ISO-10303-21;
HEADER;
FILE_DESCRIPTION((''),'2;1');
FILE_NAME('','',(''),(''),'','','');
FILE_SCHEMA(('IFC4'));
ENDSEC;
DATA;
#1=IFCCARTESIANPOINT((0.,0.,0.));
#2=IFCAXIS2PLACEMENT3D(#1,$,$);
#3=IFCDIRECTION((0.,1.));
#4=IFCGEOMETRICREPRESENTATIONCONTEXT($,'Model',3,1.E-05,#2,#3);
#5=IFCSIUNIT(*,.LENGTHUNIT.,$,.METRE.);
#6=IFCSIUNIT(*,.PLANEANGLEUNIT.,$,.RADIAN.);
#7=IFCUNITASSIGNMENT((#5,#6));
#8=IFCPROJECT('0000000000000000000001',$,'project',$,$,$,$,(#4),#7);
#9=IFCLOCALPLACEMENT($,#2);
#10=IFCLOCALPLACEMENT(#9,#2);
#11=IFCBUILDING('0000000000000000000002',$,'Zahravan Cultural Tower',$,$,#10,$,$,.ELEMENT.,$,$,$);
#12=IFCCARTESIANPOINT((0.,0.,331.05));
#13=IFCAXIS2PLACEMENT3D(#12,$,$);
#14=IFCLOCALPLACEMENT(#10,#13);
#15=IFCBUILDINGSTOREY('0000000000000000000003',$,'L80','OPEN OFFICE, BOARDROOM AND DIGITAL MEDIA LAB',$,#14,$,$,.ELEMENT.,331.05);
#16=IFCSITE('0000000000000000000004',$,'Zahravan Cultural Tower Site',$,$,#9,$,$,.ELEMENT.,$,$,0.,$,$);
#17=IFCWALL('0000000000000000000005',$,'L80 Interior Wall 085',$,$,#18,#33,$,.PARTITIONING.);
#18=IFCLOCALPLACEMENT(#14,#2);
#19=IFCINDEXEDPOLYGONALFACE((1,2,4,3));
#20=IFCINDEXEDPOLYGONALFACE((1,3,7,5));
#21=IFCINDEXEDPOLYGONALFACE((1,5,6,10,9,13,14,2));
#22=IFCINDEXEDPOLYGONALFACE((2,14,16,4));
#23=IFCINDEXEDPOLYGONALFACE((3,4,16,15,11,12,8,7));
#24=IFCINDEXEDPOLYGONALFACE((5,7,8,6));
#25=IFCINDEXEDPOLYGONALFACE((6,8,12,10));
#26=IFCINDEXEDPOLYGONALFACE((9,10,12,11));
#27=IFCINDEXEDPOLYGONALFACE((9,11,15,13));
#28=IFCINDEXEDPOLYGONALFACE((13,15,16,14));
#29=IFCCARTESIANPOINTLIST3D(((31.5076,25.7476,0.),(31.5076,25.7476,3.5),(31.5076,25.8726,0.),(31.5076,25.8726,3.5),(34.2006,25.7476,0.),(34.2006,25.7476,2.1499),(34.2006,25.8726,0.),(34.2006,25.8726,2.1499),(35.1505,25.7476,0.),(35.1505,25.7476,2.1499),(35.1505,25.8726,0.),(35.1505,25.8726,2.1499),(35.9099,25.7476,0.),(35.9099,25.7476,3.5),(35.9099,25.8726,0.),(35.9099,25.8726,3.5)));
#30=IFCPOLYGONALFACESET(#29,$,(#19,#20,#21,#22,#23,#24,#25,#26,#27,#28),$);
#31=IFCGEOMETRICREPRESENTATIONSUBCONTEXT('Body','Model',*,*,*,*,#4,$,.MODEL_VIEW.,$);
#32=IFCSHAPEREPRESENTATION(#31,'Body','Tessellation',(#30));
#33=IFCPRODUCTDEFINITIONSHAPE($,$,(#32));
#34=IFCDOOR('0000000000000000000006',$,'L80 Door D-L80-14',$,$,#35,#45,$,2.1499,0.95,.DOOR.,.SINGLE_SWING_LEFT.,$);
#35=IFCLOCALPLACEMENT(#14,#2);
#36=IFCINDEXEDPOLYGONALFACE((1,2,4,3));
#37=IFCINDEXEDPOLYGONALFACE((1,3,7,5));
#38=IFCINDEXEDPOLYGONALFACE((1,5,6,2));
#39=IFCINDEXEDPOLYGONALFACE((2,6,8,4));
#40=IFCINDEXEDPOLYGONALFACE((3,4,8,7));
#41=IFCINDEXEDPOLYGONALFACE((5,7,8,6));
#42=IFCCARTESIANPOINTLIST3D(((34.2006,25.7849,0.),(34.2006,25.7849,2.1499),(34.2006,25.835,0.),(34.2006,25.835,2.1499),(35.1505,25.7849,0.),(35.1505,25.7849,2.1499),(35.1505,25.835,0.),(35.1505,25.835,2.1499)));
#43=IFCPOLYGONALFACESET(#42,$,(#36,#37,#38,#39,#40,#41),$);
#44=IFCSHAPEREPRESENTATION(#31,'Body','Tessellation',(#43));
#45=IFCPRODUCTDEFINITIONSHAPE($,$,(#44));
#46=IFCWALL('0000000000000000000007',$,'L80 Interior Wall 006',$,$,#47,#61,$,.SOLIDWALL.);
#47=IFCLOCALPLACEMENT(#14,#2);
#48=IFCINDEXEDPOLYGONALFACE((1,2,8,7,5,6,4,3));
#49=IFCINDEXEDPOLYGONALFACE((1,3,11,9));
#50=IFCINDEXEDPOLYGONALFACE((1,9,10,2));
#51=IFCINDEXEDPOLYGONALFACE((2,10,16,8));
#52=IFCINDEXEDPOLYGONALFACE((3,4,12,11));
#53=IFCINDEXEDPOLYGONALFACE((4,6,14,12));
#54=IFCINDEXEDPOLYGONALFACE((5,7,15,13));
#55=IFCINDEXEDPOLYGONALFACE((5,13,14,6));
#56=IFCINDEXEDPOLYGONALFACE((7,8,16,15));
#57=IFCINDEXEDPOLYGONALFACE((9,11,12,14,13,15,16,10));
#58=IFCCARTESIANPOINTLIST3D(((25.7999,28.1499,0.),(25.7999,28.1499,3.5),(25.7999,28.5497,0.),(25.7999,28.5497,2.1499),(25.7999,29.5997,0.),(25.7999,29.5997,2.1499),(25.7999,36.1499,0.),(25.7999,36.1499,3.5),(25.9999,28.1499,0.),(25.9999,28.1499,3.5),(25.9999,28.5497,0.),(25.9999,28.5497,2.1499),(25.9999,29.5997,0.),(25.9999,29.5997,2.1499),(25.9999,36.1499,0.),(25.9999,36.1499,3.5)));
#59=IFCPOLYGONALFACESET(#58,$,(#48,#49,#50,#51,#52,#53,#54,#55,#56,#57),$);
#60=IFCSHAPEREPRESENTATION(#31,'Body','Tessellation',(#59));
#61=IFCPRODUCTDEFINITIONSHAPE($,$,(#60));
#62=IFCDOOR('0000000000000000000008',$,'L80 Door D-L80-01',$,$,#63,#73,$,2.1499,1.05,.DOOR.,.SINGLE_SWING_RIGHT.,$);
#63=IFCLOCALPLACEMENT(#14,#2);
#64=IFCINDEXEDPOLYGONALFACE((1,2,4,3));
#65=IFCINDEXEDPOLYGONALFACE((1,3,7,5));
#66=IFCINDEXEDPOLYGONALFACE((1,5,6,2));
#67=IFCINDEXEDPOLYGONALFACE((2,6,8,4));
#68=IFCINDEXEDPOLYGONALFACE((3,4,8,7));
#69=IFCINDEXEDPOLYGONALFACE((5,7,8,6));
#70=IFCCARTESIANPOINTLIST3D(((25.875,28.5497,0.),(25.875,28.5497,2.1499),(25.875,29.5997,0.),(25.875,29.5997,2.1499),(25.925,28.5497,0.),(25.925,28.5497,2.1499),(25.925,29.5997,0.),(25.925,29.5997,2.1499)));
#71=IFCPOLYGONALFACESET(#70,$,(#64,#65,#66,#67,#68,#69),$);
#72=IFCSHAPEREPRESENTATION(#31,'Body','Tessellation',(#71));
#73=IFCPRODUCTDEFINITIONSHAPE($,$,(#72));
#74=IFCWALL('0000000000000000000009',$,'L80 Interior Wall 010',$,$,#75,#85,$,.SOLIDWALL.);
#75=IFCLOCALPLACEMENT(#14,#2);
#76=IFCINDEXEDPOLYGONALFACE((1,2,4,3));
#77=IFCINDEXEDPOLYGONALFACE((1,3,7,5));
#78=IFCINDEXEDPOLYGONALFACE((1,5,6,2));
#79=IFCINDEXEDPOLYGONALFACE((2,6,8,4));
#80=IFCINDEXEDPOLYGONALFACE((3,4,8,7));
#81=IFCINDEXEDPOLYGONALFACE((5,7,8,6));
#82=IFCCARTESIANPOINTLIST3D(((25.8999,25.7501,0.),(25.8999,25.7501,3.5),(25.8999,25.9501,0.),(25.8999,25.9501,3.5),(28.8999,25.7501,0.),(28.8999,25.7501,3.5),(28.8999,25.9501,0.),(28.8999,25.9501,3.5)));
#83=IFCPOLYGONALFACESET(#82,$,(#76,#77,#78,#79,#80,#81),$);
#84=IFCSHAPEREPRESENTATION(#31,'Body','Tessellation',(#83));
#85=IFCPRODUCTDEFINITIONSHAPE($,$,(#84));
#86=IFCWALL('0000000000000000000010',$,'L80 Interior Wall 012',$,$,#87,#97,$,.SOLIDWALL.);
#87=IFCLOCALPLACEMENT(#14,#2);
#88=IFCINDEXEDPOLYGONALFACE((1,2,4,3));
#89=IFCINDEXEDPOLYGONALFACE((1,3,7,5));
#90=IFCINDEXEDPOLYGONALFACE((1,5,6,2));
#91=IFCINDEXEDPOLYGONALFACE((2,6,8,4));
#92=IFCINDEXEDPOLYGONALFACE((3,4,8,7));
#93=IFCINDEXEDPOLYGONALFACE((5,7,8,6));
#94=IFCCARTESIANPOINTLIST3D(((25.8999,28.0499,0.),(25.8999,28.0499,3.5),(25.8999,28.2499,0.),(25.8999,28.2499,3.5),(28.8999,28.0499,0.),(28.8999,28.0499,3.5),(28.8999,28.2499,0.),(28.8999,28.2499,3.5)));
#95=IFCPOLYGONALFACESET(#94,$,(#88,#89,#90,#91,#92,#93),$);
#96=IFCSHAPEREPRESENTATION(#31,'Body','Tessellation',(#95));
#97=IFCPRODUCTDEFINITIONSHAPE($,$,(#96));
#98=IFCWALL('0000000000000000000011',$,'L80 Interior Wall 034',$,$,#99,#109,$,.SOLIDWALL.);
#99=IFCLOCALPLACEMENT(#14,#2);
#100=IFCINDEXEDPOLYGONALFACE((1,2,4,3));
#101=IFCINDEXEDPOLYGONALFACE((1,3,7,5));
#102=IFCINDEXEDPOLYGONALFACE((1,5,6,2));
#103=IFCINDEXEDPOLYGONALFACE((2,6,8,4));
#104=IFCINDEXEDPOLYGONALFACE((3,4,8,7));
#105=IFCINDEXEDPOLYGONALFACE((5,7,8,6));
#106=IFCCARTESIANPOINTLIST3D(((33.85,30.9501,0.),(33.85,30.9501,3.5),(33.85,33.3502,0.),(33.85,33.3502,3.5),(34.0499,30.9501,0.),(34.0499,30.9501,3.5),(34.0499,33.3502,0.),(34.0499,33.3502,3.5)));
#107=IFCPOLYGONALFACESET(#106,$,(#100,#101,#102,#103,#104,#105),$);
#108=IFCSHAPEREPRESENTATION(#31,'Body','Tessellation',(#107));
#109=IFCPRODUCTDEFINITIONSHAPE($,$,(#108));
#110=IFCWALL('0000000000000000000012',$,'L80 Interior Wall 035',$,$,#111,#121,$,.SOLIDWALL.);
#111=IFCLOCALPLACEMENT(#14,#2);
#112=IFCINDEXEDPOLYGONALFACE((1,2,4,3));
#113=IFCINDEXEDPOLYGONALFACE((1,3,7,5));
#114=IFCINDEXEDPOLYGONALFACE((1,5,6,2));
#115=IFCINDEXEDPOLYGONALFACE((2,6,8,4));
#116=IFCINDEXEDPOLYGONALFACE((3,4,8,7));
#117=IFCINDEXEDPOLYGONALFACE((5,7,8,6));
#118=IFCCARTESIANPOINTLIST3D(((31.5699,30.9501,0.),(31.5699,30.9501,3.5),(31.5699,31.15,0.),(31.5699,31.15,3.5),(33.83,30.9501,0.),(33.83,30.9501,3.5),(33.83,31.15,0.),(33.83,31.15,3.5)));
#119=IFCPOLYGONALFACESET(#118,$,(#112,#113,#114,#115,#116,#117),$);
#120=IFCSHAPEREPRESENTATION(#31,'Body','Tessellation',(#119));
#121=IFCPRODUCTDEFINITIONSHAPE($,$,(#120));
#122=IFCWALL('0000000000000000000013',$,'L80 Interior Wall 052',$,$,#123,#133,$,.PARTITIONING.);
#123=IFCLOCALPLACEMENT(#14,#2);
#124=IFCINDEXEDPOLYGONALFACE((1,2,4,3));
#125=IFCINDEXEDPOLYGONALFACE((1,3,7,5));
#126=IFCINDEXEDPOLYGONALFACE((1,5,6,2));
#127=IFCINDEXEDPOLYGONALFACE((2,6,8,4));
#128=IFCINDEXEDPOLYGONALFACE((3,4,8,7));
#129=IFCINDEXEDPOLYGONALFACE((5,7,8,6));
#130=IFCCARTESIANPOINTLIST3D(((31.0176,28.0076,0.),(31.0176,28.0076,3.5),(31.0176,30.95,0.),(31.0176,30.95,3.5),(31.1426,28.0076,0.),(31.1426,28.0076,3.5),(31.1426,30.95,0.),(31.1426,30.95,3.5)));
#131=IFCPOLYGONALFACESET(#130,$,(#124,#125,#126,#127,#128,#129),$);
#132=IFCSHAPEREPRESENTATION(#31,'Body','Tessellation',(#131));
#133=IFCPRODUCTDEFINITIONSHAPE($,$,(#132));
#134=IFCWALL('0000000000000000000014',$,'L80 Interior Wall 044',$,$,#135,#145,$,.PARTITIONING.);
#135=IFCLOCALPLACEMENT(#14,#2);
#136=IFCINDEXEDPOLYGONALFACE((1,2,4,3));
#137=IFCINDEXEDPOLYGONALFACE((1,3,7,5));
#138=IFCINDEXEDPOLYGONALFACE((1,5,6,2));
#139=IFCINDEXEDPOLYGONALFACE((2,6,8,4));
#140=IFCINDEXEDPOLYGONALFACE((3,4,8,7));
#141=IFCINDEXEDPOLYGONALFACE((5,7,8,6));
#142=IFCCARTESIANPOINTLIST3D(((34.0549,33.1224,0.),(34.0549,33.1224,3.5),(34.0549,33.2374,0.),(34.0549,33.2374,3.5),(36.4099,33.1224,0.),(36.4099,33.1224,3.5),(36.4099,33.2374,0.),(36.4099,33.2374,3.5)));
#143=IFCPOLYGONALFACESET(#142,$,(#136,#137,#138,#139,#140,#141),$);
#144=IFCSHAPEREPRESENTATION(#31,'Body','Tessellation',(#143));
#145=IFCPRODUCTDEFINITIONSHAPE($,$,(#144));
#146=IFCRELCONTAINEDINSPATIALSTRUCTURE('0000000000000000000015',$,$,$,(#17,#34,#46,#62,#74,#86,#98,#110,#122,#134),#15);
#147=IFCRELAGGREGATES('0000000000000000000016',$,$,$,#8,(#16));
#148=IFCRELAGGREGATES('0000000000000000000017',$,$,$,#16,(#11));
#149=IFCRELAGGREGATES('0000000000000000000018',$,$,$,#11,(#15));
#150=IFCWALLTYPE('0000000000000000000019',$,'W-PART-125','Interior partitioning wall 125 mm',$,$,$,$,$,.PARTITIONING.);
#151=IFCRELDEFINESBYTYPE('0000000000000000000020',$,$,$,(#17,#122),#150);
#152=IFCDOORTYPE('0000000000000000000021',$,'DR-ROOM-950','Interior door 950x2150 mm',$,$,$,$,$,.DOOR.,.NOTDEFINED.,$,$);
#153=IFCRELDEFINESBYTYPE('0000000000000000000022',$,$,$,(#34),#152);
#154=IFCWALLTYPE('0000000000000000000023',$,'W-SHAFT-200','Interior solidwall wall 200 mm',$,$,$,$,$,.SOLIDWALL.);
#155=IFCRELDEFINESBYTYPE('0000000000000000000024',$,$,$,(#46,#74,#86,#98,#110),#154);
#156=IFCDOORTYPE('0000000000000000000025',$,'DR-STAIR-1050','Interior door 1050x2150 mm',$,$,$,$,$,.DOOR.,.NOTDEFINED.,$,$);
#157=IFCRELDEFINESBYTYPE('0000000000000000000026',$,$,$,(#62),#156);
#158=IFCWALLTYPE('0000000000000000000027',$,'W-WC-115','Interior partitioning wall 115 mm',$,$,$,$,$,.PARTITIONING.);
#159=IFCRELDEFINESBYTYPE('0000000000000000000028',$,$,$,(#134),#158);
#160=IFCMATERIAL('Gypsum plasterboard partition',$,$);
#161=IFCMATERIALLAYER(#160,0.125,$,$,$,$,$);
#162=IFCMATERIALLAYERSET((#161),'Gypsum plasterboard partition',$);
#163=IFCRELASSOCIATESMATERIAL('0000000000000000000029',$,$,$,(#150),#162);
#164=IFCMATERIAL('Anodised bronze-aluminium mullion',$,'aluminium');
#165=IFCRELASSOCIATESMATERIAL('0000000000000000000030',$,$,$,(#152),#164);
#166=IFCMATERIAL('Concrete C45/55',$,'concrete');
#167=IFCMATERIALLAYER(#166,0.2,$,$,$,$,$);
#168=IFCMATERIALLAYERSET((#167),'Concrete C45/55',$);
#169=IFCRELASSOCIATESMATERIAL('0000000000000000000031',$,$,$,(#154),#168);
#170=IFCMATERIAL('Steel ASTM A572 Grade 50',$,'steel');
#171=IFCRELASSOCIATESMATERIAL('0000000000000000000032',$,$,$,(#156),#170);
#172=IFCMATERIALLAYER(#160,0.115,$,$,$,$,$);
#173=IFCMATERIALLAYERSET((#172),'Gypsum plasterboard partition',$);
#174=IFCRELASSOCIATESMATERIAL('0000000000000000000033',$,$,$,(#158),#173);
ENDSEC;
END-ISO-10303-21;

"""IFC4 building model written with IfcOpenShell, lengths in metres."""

from ifc_helpers import new_model, si_unit, direction, frame, frame_2d, origin, place, context, subcontext, project, spatial, rectangle, extrude, source, transform, mapped, material, layer, layer_set, type_object, element, fill, save


model = new_model("IFC4")

# Units and contexts
model_context = context("Model", 3, precision=1e-05, world=origin(), true_north=direction((0.0, 1.0)))
body_context = subcontext(model_context, "Body", "Model", "MODEL_VIEW")
ifc_project = project(units=[si_unit("LENGTHUNIT", "METRE"), si_unit("PLANEANGLEUNIT", "RADIAN")], contexts=[model_context])

# Site, building, storey
site_placement = place(None, origin())
site = spatial("IfcSite", under=ifc_project, at=site_placement, Name="Zahravan Cultural Tower Site", CompositionType="ELEMENT", RefElevation=0.0)
building_placement = place(site_placement, origin())
building = spatial("IfcBuilding", under=site, at=building_placement, Name="Zahravan Cultural Tower", CompositionType="ELEMENT")
storey_placement = place(building_placement, frame((0.0, 0.0, 331.05)))
storey = spatial("IfcBuildingStorey", under=building, at=storey_placement, Name="L80", Description="OPEN OFFICE, BOARDROOM AND DIGITAL MEDIA LAB", CompositionType="ELEMENT", Elevation=331.05)

# Walls, openings, doors
ifc_material_1 = material(Name="Steel ASTM A572 Grade 50", Category="steel")
ifc_material_2 = material(Name="Gypsum plasterboard partition")
ifc_layer_1 = layer(ifc_material_2, 0.125)
ifc_layer_set_1 = layer_set([ifc_layer_1], Name="Gypsum plasterboard partition")
wall_type_1 = type_object("IfcWallType", Name="W-PART-125", Description="Interior partitioning wall 125 mm", PredefinedType="PARTITIONING", material=ifc_layer_set_1)
ifc_material_3 = material(Name="Anodised bronze-aluminium mullion", Category="aluminium")
door_type_1 = type_object("IfcDoorType", Name="DR-ROOM-950", Description="Interior door 950x2150 mm", OperationType="NOTDEFINED", PredefinedType="DOOR", material=ifc_material_3)
shared_shape_1 = source(origin(), body_context, "Body", "SweptSolid", [
    extrude(rectangle(XDim=0.95, YDim=2.1499, at=frame_2d((0.4751, 1.075))), frame((0.0, 0.0249, 0.0), z_axis=(0.0, -1.0, 0.0), x_axis=(1.0, 0.0, 0.0)), (0.0, 0.0, 1.0), 0.05),
])
wall_1_placement = place(storey_placement, frame((31.5076, 25.8101, 0.0), z_axis=(0.0, 0.0, 1.0), x_axis=(1.0, 0.0, 0.0)))
wall_1 = element("IfcWall", 1, at=wall_1_placement, inside=storey, type_object=wall_type_1, Name="L80 Interior Wall 085", PredefinedType="PARTITIONING", context=body_context, shape_type="SweptSolid", body=[
    extrude(rectangle(XDim=4.4023, YDim=0.125, at=frame_2d((2.2012, 0.0))), origin(), (0.0, 0.0, 1.0), 3.5),
])
opening_1_placement = place(wall_1_placement, frame((2.6929, 0.0, 0.0)))
opening_1 = element("IfcOpeningElement", 2, at=opening_1_placement, cuts=wall_1, PredefinedType="OPENING", context=body_context, shape_type="SweptSolid", body=[
    extrude(rectangle(XDim=0.95, YDim=2.1499, at=frame_2d((0.4751, 1.075))), frame((0.0, 0.0725, 0.0), z_axis=(0.0, -1.0, 0.0), x_axis=(1.0, 0.0, 0.0)), (0.0, 0.0, 1.0), 0.145),
])
door_1_placement = place(opening_1_placement, origin())
door_1 = element("IfcDoor", 3, at=door_1_placement, inside=storey, type_object=door_type_1, Name="L80 Door D-L80-14", OperationType="SINGLE_SWING_LEFT", OverallHeight=2.1499, OverallWidth=0.95, PredefinedType="DOOR", context=body_context, shape_type="MappedRepresentation", body=[
    mapped(shared_shape_1, transform((0.0, 0.0, 0.0), x_axis=(1.0, 0.0, 0.0), y_axis=(0.0, 1.0, 0.0), z_axis=(0.0, 0.0, 1.0), scale=1.0)),
])
fill(opening_1, door_1)
ifc_material_4 = material(Name="Concrete C45/55", Category="concrete")
ifc_layer_2 = layer(ifc_material_4, 0.2)
ifc_layer_set_2 = layer_set([ifc_layer_2], Name="Concrete C45/55")
wall_type_2 = type_object("IfcWallType", Name="W-SHAFT-200", Description="Interior solidwall wall 200 mm", PredefinedType="SOLIDWALL", material=ifc_layer_set_2)
wall_2_placement = place(storey_placement, frame((25.8999, 28.1499, 0.0), z_axis=(0.0, 0.0, 1.0), x_axis=(0.0, 1.0, 0.0)))
wall_2 = element("IfcWall", 4, at=wall_2_placement, inside=storey, type_object=wall_type_2, Name="L80 Interior Wall 006", PredefinedType="SOLIDWALL", context=body_context, shape_type="SweptSolid", body=[
    extrude(rectangle(XDim=8.0, YDim=0.2, at=frame_2d((4.0, 0.0))), origin(), (0.0, 0.0, 1.0), 3.5),
])
opening_2_placement = place(wall_2_placement, frame((0.3999, 0.0, 0.0)))
opening_2 = element("IfcOpeningElement", 5, at=opening_2_placement, cuts=wall_2, PredefinedType="OPENING", context=body_context, shape_type="SweptSolid", body=[
    extrude(rectangle(XDim=1.05, YDim=2.1499, at=frame_2d((0.5249, 1.075))), frame((0.0, 0.1099, 0.0), z_axis=(0.0, -1.0, 0.0), x_axis=(1.0, 0.0, 0.0)), (0.0, 0.0, 1.0), 0.22),
])
door_type_2 = type_object("IfcDoorType", Name="DR-STAIR-1050", Description="Interior door 1050x2150 mm", OperationType="NOTDEFINED", PredefinedType="DOOR", material=ifc_material_1)
shared_shape_2 = source(origin(), body_context, "Body", "SweptSolid", [
    extrude(rectangle(XDim=1.05, YDim=2.1499, at=frame_2d((0.5249, 1.075))), frame((0.0, 0.0249, 0.0), z_axis=(0.0, -1.0, 0.0), x_axis=(1.0, 0.0, 0.0)), (0.0, 0.0, 1.0), 0.05),
])
door_2_placement = place(opening_2_placement, origin())
door_2 = element("IfcDoor", 6, at=door_2_placement, inside=storey, type_object=door_type_2, Name="L80 Door D-L80-01", OperationType="SINGLE_SWING_RIGHT", OverallHeight=2.1499, OverallWidth=1.05, PredefinedType="DOOR", context=body_context, shape_type="MappedRepresentation", body=[
    mapped(shared_shape_2, transform((0.0, 0.0, 0.0), x_axis=(1.0, 0.0, 0.0), y_axis=(0.0, 1.0, 0.0), z_axis=(0.0, 0.0, 1.0), scale=1.0)),
])
fill(opening_2, door_2)

# Walls
shared_shape_3 = source(origin(), body_context, "Body", "SweptSolid", [
    extrude(rectangle(XDim=3.0, YDim=0.2, at=frame_2d((1.5, 0.0))), origin(), (0.0, 0.0, 1.0), 3.5),
])
for number, where, z_axis, x_axis, name in (
    (7, (25.8999, 25.8501, 0.0), (0.0, 0.0, 1.0), (1.0, 0.0, 0.0), "L80 Interior Wall 010"),
    (8, (25.8999, 28.1499, 0.0), (0.0, 0.0, 1.0), (1.0, 0.0, 0.0), "L80 Interior Wall 012"),
):
    element("IfcWall", number, at=place(storey_placement, frame(where, z_axis=z_axis, x_axis=x_axis)), inside=storey, type_object=wall_type_2, Name=name, PredefinedType="SOLIDWALL", context=body_context, shape_type="MappedRepresentation", body=[
        mapped(shared_shape_3, transform((0.0, 0.0, 0.0), x_axis=(1.0, 0.0, 0.0), y_axis=(0.0, 1.0, 0.0), z_axis=(0.0, 0.0, 1.0), scale=1.0)),
    ])
shared_shape_4 = source(origin(), body_context, "Body", "SweptSolid", [
    extrude(rectangle(XDim=2.4001, YDim=0.2, at=frame_2d((1.2002, 0.0))), origin(), (0.0, 0.0, 1.0), 3.5),
])
wall_3_placement = place(storey_placement, frame((33.95, 30.95, 0.0), z_axis=(0.0, 0.0, 1.0), x_axis=(0.0, 1.0, 0.0)))
element("IfcWall", 9, at=wall_3_placement, inside=storey, type_object=wall_type_2, Name="L80 Interior Wall 034", PredefinedType="SOLIDWALL", context=body_context, shape_type="MappedRepresentation", body=[
    mapped(shared_shape_4, transform((0.0, 0.0, 0.0), x_axis=(1.0, 0.0, 0.0), y_axis=(0.0, 1.0, 0.0), z_axis=(0.0, 0.0, 1.0), scale=1.0)),
])
shared_shape_5 = source(origin(), body_context, "Body", "SweptSolid", [
    extrude(rectangle(XDim=2.26, YDim=0.2, at=frame_2d((1.1299, 0.0))), origin(), (0.0, 0.0, 1.0), 3.5),
])
wall_4_placement = place(storey_placement, frame((31.5701, 31.05, 0.0), z_axis=(0.0, 0.0, 1.0), x_axis=(1.0, 0.0, 0.0)))
element("IfcWall", 10, at=wall_4_placement, inside=storey, type_object=wall_type_2, Name="L80 Interior Wall 035", PredefinedType="SOLIDWALL", context=body_context, shape_type="MappedRepresentation", body=[
    mapped(shared_shape_5, transform((0.0, 0.0, 0.0), x_axis=(1.0, 0.0, 0.0), y_axis=(0.0, 1.0, 0.0), z_axis=(0.0, 0.0, 1.0), scale=1.0)),
])
shared_shape_6 = source(origin(), body_context, "Body", "SweptSolid", [
    extrude(rectangle(XDim=2.9424, YDim=0.125, at=frame_2d((1.4712, 0.0))), origin(), (0.0, 0.0, 1.0), 3.5),
])
wall_5_placement = place(storey_placement, frame((31.0801, 28.0076, 0.0), z_axis=(0.0, 0.0, 1.0), x_axis=(0.0, 1.0, 0.0)))
element("IfcWall", 11, at=wall_5_placement, inside=storey, type_object=wall_type_1, Name="L80 Interior Wall 052", PredefinedType="PARTITIONING", context=body_context, shape_type="MappedRepresentation", body=[
    mapped(shared_shape_6, transform((0.0, 0.0, 0.0), x_axis=(1.0, 0.0, 0.0), y_axis=(0.0, 1.0, 0.0), z_axis=(0.0, 0.0, 1.0), scale=1.0)),
])
ifc_layer_3 = layer(ifc_material_2, 0.115)
ifc_layer_set_3 = layer_set([ifc_layer_3], Name="Gypsum plasterboard partition")
wall_type_3 = type_object("IfcWallType", Name="W-WC-115", Description="Interior partitioning wall 115 mm", PredefinedType="PARTITIONING", material=ifc_layer_set_3)
shared_shape_7 = source(origin(), body_context, "Body", "SweptSolid", [
    extrude(rectangle(XDim=2.355, YDim=0.115, at=frame_2d((1.1775, 0.0))), origin(), (0.0, 0.0, 1.0), 3.5),
])
wall_6_placement = place(storey_placement, frame((34.0549, 33.1799, 0.0), z_axis=(0.0, 0.0, 1.0), x_axis=(1.0, 0.0, 0.0)))
element("IfcWall", 12, at=wall_6_placement, inside=storey, type_object=wall_type_3, Name="L80 Interior Wall 044", PredefinedType="PARTITIONING", context=body_context, shape_type="MappedRepresentation", body=[
    mapped(shared_shape_7, transform((0.0, 0.0, 0.0), x_axis=(1.0, 0.0, 0.0), y_axis=(0.0, 1.0, 0.0), z_axis=(0.0, 0.0, 1.0), scale=1.0)),
])

save(model, "model.ifc")
